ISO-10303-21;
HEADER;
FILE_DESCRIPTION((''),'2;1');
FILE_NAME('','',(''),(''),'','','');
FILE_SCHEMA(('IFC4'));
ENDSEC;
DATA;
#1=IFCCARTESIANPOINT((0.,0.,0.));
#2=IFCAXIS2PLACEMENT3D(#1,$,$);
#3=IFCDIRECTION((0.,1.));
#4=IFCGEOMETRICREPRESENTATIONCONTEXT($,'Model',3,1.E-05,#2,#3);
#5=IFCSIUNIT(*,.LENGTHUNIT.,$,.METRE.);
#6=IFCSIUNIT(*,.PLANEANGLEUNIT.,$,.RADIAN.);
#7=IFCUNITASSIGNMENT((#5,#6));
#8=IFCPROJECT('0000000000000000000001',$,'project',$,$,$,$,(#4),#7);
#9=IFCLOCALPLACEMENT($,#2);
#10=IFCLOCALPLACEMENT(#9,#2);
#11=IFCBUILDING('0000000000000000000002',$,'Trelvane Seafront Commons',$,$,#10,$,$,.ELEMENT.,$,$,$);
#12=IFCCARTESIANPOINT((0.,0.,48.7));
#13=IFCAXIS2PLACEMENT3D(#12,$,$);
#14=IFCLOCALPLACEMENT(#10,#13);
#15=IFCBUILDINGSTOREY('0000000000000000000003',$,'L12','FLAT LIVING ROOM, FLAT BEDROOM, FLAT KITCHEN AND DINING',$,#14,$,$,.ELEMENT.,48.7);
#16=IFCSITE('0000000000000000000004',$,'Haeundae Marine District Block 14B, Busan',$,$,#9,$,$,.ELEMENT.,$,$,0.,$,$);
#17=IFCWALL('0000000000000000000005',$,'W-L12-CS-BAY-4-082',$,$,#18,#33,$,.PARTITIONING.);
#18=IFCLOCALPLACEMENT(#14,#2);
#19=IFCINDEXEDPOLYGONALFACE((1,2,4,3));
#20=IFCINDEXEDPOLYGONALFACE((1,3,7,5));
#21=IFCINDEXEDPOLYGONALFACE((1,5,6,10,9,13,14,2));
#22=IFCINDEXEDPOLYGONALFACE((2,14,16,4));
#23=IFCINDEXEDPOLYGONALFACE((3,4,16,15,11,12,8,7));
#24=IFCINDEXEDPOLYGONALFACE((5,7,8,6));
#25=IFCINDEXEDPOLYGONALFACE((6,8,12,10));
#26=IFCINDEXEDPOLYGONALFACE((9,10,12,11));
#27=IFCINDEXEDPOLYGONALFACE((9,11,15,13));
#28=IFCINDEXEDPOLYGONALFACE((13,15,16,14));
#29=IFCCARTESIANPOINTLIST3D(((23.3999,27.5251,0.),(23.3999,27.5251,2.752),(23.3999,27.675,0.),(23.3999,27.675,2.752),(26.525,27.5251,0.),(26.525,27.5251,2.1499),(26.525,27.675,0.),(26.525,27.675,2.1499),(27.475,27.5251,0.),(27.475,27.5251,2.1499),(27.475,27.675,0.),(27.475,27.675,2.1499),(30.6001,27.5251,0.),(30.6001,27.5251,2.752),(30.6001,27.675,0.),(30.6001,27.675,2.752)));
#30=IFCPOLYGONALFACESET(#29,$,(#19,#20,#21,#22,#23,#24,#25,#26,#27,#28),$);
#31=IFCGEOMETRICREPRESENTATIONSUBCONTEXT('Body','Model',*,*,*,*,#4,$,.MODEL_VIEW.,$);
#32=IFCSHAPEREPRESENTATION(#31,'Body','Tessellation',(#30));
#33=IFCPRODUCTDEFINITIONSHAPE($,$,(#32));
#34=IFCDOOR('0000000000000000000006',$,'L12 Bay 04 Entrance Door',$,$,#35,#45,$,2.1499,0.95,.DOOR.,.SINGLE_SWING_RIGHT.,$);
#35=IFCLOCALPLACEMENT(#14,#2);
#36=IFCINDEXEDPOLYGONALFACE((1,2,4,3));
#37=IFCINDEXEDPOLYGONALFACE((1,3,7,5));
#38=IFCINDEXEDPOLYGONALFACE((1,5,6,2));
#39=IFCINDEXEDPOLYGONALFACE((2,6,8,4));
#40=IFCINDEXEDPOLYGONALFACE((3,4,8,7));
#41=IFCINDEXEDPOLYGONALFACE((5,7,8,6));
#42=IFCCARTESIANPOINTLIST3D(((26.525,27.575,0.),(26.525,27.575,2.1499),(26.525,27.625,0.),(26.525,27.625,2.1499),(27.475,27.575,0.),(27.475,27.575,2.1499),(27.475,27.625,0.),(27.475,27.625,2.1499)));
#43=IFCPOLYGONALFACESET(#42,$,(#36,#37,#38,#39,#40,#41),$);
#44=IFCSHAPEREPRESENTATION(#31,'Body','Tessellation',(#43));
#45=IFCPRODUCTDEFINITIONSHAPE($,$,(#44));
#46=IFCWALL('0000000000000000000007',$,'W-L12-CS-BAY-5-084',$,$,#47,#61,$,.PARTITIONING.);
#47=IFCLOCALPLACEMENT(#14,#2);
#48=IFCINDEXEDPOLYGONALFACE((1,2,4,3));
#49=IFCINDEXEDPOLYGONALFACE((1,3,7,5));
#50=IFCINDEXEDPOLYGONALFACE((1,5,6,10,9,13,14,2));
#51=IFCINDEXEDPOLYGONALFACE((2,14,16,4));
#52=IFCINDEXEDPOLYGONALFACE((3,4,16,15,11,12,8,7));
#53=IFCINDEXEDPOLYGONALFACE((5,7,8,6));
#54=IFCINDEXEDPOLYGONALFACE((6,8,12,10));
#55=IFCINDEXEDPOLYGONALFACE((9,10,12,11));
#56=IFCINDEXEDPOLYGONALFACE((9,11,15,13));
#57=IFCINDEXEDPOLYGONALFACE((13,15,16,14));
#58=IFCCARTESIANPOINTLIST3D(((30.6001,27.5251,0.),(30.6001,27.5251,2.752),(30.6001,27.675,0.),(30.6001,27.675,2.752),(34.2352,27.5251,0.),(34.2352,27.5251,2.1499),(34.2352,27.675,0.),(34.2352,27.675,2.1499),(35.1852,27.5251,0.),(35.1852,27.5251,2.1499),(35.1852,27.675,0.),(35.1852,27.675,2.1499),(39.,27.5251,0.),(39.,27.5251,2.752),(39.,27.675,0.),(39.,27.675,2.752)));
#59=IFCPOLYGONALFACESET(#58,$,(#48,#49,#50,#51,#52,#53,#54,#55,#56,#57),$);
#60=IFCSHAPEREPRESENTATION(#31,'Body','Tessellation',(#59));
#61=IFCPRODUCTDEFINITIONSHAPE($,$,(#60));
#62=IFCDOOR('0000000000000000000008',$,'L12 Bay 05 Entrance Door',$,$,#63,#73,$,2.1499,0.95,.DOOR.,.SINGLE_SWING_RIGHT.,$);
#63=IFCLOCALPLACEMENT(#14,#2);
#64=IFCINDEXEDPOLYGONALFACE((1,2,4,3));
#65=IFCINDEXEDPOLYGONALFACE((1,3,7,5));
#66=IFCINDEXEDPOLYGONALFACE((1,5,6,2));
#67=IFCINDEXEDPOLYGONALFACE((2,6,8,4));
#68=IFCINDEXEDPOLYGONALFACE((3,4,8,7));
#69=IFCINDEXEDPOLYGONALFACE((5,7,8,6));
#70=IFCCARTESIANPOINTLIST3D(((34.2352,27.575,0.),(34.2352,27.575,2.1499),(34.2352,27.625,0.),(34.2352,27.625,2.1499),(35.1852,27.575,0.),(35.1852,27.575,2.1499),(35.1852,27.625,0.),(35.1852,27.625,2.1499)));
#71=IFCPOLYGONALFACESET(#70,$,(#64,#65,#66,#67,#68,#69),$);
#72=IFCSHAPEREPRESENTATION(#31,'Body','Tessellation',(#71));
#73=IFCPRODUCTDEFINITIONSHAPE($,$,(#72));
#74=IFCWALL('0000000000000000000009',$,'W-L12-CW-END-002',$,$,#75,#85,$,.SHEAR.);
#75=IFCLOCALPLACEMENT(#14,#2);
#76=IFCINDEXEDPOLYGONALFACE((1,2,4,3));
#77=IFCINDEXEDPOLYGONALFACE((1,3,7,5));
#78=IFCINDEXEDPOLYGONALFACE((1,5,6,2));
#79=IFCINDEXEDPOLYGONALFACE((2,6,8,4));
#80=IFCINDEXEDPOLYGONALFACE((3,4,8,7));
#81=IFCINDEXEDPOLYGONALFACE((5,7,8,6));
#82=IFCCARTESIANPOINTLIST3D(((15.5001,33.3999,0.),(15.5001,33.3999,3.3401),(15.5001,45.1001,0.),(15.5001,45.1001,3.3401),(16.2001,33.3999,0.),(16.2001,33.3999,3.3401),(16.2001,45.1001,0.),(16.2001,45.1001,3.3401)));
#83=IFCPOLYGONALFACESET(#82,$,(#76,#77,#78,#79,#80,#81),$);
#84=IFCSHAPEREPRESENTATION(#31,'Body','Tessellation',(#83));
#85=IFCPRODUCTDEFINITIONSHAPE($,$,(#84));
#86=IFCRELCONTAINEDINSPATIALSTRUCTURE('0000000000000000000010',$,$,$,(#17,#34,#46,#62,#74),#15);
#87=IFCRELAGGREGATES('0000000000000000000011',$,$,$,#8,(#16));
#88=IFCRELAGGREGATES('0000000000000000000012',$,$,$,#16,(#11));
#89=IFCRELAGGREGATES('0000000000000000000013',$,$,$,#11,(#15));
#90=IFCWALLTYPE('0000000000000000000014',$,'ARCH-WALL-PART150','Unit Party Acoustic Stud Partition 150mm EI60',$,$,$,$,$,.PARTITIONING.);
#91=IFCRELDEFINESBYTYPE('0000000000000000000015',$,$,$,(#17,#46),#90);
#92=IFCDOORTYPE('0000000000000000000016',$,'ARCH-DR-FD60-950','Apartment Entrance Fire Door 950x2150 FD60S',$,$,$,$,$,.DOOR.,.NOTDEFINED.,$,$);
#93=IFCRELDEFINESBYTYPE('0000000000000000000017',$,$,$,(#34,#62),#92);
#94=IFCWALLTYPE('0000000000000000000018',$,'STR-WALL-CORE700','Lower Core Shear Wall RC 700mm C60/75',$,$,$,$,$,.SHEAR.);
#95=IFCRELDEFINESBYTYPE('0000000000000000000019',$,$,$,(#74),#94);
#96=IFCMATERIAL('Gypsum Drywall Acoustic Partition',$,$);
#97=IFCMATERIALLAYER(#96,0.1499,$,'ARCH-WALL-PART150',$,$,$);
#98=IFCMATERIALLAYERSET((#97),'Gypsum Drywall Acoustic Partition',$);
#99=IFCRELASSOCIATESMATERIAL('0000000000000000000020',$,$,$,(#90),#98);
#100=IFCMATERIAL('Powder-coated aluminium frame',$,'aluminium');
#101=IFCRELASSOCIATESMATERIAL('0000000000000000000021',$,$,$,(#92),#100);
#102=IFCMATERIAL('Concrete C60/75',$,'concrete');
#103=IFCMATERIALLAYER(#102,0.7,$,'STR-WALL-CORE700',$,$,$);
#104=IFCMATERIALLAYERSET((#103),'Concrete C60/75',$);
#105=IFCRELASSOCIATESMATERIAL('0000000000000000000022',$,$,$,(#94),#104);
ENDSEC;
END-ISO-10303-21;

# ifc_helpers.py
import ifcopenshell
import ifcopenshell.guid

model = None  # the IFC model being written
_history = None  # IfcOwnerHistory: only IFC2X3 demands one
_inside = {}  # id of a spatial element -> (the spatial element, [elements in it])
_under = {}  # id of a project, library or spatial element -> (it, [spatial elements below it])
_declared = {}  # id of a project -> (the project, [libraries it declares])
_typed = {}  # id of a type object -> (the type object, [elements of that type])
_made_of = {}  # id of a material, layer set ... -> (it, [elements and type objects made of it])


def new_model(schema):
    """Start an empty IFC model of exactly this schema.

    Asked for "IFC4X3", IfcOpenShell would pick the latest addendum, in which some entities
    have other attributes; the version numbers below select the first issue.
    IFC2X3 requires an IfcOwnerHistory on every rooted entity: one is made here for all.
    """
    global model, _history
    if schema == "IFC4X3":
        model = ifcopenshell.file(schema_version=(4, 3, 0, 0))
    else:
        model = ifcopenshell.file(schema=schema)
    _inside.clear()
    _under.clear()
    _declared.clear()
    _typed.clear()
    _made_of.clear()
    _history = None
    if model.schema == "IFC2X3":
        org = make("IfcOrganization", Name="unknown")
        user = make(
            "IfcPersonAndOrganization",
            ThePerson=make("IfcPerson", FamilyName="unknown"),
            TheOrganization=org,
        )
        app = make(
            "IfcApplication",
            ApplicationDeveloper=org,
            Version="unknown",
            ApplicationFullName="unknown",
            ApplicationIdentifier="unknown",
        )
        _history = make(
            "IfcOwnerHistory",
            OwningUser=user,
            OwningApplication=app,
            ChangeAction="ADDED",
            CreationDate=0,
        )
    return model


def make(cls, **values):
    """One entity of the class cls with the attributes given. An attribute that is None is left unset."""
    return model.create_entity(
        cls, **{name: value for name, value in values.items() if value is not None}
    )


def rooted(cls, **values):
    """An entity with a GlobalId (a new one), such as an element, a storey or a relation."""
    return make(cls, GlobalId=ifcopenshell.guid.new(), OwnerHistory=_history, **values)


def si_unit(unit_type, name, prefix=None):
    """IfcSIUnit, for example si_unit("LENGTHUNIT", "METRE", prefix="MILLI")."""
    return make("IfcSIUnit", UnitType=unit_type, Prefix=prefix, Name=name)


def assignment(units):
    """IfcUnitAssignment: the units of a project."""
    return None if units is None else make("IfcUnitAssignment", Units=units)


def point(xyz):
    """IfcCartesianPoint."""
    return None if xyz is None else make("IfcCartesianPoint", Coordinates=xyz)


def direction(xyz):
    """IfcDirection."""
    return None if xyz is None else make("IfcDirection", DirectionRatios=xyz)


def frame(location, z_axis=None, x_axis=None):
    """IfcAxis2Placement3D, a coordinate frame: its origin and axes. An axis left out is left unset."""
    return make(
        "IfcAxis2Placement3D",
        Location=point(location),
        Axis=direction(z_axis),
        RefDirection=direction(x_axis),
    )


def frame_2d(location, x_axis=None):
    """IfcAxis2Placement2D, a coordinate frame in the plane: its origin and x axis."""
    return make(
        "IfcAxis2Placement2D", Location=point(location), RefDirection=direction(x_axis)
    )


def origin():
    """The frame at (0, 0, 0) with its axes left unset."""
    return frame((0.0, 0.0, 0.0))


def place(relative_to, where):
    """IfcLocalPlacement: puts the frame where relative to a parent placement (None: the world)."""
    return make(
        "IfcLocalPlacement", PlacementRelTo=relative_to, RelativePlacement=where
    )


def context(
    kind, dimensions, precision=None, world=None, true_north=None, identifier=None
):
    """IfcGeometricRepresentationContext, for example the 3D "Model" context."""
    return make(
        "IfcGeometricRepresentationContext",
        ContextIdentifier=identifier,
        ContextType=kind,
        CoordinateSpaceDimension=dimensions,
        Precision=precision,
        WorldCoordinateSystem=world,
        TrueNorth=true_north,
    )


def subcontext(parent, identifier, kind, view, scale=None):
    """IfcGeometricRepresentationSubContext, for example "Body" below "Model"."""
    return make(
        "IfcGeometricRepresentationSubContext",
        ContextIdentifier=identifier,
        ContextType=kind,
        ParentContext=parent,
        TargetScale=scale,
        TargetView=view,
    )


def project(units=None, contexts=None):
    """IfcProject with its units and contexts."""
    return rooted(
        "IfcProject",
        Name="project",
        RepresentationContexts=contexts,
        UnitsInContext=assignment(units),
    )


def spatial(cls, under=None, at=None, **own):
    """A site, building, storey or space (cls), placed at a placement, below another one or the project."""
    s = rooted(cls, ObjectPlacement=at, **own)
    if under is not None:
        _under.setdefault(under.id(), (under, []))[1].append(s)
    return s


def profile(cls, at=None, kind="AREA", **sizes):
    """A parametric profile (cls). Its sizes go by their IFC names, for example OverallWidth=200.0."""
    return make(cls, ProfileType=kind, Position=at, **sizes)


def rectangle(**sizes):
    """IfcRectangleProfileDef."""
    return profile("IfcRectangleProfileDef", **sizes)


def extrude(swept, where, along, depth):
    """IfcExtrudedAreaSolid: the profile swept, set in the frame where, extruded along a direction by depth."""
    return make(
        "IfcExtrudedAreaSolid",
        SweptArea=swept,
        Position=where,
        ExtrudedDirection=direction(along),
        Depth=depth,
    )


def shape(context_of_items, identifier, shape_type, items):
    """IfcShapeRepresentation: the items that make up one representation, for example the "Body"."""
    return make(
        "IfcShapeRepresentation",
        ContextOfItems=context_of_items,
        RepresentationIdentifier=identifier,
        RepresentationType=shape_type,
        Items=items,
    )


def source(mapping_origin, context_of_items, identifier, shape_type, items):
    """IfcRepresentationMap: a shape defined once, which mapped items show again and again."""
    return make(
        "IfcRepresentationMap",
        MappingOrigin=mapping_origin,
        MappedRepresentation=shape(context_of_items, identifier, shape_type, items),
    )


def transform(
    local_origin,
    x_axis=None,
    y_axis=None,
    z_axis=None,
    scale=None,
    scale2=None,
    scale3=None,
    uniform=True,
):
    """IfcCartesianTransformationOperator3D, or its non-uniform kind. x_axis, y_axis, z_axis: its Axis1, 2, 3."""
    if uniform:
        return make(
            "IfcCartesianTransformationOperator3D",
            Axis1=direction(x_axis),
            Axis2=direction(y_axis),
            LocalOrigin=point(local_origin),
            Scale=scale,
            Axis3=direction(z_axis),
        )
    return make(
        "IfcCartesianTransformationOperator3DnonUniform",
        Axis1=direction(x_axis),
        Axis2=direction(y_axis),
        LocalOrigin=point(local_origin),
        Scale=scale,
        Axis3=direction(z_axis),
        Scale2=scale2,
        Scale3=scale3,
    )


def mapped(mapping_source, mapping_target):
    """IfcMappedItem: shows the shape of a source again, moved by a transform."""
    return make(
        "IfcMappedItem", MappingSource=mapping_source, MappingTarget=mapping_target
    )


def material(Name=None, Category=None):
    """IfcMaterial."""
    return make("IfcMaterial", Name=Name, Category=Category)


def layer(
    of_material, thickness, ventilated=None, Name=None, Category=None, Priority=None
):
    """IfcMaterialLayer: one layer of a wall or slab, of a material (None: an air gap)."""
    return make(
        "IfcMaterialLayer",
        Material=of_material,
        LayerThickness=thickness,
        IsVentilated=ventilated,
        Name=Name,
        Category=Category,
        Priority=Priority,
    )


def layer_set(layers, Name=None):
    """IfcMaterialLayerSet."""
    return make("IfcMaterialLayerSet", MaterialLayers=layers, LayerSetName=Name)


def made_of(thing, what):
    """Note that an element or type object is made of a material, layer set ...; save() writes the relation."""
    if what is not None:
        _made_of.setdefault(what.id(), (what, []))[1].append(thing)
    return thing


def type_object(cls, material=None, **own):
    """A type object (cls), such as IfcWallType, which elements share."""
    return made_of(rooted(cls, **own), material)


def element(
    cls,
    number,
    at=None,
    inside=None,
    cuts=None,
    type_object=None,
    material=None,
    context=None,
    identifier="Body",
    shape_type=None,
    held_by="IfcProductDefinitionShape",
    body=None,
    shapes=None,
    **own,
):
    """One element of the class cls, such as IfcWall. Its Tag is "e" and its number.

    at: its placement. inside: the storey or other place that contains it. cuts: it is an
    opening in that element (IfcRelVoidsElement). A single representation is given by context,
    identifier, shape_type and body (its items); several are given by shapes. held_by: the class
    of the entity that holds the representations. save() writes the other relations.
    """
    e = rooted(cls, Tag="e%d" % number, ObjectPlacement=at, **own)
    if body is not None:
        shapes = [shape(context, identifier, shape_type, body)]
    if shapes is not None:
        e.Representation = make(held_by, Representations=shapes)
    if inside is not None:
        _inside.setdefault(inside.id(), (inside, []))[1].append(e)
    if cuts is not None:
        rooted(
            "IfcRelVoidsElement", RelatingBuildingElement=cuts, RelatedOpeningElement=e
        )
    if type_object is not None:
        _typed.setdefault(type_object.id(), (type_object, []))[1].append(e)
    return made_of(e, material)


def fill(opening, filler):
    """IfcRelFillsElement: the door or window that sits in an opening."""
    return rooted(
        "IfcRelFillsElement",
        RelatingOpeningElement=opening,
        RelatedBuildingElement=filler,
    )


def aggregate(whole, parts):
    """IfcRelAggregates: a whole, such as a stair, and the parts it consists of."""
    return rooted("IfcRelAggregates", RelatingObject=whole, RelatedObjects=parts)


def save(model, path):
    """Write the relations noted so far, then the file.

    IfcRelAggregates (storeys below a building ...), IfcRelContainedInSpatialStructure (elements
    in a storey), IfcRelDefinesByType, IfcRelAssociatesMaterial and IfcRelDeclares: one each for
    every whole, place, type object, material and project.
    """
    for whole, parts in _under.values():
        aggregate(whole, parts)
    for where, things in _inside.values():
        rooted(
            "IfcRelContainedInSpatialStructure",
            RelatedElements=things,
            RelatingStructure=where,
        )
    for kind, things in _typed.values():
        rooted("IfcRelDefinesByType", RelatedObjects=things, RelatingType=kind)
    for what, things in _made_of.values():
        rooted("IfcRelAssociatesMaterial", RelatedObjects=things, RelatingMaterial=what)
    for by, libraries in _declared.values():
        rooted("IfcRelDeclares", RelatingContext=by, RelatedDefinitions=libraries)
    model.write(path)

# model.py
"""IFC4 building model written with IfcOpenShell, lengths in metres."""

from ifc_helpers import new_model, si_unit, direction, frame, frame_2d, origin, place, context, subcontext, project, spatial, rectangle, extrude, source, transform, mapped, material, layer, layer_set, type_object, element, fill, save


model = new_model("IFC4")

# Units and contexts
model_context = context("Model", 3, precision=1e-05, world=origin(), true_north=direction((0.0, 1.0)))
body_context = subcontext(model_context, "Body", "Model", "MODEL_VIEW")
ifc_project = project(units=[si_unit("LENGTHUNIT", "METRE"), si_unit("PLANEANGLEUNIT", "RADIAN")], contexts=[model_context])

# Site, building, storey
site_placement = place(None, origin())
site = spatial("IfcSite", under=ifc_project, at=site_placement, Name="Haeundae Marine District Block 14B, Busan", CompositionType="ELEMENT", RefElevation=0.0)
building_placement = place(site_placement, origin())
building = spatial("IfcBuilding", under=site, at=building_placement, Name="Trelvane Seafront Commons", CompositionType="ELEMENT")
storey_placement = place(building_placement, frame((0.0, 0.0, 48.7)))
storey = spatial("IfcBuildingStorey", under=building, at=storey_placement, Name="L12", Description="FLAT LIVING ROOM, FLAT BEDROOM, FLAT KITCHEN AND DINING", CompositionType="ELEMENT", Elevation=48.7)

# Shared definitions
ifc_material_1 = material(Name="Concrete C60/75", Category="concrete")

# Shared definitions
ifc_material_2 = material(Name="Gypsum Drywall Acoustic Partition")
shared_shape_1 = source(origin(), body_context, "Body", "SweptSolid", [
    extrude(rectangle(XDim=0.95, YDim=2.1499, at=frame_2d((0.4751, 1.075))), frame((0.0, 0.0249, 0.0), z_axis=(0.0, -1.0, 0.0), x_axis=(1.0, 0.0, 0.0)), (0.0, 0.0, 1.0), 0.05),
])

# Walls, openings, doors
ifc_layer_1 = layer(ifc_material_2, 0.1499, Name="ARCH-WALL-PART150")
ifc_layer_set_1 = layer_set([ifc_layer_1], Name="Gypsum Drywall Acoustic Partition")
wall_type_1 = type_object("IfcWallType", Name="ARCH-WALL-PART150", Description="Unit Party Acoustic Stud Partition 150mm EI60", PredefinedType="PARTITIONING", material=ifc_layer_set_1)
ifc_material_3 = material(Name="Powder-coated aluminium frame", Category="aluminium")
door_type_1 = type_object("IfcDoorType", Name="ARCH-DR-FD60-950", Description="Apartment Entrance Fire Door 950x2150 FD60S", OperationType="NOTDEFINED", PredefinedType="DOOR", material=ifc_material_3)
wall_1_placement = place(storey_placement, frame((23.3999, 27.6001, 0.0), z_axis=(0.0, 0.0, 1.0), x_axis=(1.0, 0.0, 0.0)))
wall_1 = element("IfcWall", 1, at=wall_1_placement, inside=storey, type_object=wall_type_1, Name="W-L12-CS-BAY-4-082", PredefinedType="PARTITIONING", context=body_context, shape_type="SweptSolid", body=[
    extrude(rectangle(XDim=7.2002, YDim=0.1499, at=frame_2d((3.6001, 0.0))), origin(), (0.0, 0.0, 1.0), 2.752),
])
opening_1_placement = place(wall_1_placement, frame((3.125, 0.0, 0.0)))
opening_1 = element("IfcOpeningElement", 2, at=opening_1_placement, cuts=wall_1, PredefinedType="OPENING", context=body_context, shape_type="SweptSolid", body=[
    extrude(rectangle(XDim=0.95, YDim=2.1499, at=frame_2d((0.4751, 1.075))), frame((0.0, 0.085, 0.0), z_axis=(0.0, -1.0, 0.0), x_axis=(1.0, 0.0, 0.0)), (0.0, 0.0, 1.0), 0.1699),
])
door_1_placement = place(opening_1_placement, origin())
door_1 = element("IfcDoor", 3, at=door_1_placement, inside=storey, type_object=door_type_1, Name="L12 Bay 04 Entrance Door", OperationType="SINGLE_SWING_RIGHT", OverallHeight=2.1499, OverallWidth=0.95, PredefinedType="DOOR", context=body_context, shape_type="MappedRepresentation", body=[
    mapped(shared_shape_1, transform((0.0, 0.0, 0.0), x_axis=(1.0, 0.0, 0.0), y_axis=(0.0, 1.0, 0.0), z_axis=(0.0, 0.0, 1.0), scale=1.0)),
])
fill(opening_1, door_1)
wall_2_placement = place(storey_placement, frame((30.6001, 27.6001, 0.0), z_axis=(0.0, 0.0, 1.0), x_axis=(1.0, 0.0, 0.0)))
wall_2 = element("IfcWall", 4, at=wall_2_placement, inside=storey, type_object=wall_type_1, Name="W-L12-CS-BAY-5-084", PredefinedType="PARTITIONING", context=body_context, shape_type="SweptSolid", body=[
    extrude(rectangle(XDim=8.3999, YDim=0.1499, at=frame_2d((4.2, 0.0))), origin(), (0.0, 0.0, 1.0), 2.752),
])
opening_2_placement = place(wall_2_placement, frame((3.635, 0.0, 0.0)))
opening_2 = element("IfcOpeningElement", 5, at=opening_2_placement, cuts=wall_2, PredefinedType="OPENING", context=body_context, shape_type="SweptSolid", body=[
    extrude(rectangle(XDim=0.95, YDim=2.1499, at=frame_2d((0.4751, 1.075))), frame((0.0, 0.085, 0.0), z_axis=(0.0, -1.0, 0.0), x_axis=(1.0, 0.0, 0.0)), (0.0, 0.0, 1.0), 0.1699),
])
door_2_placement = place(opening_2_placement, origin())
door_2 = element("IfcDoor", 6, at=door_2_placement, inside=storey, type_object=door_type_1, Name="L12 Bay 05 Entrance Door", OperationType="SINGLE_SWING_RIGHT", OverallHeight=2.1499, OverallWidth=0.95, PredefinedType="DOOR", context=body_context, shape_type="MappedRepresentation", body=[
    mapped(shared_shape_1, transform((0.0, 0.0, 0.0), x_axis=(1.0, 0.0, 0.0), y_axis=(0.0, 1.0, 0.0), z_axis=(0.0, 0.0, 1.0), scale=1.0)),
])
fill(opening_2, door_2)

# Wall
ifc_layer_2 = layer(ifc_material_1, 0.7, Name="STR-WALL-CORE700")
ifc_layer_set_2 = layer_set([ifc_layer_2], Name="Concrete C60/75")
wall_type_2 = type_object("IfcWallType", Name="STR-WALL-CORE700", Description="Lower Core Shear Wall RC 700mm C60/75", PredefinedType="SHEAR", material=ifc_layer_set_2)
wall_3_placement = place(storey_placement, frame((15.8501, 33.3999, 0.0), z_axis=(0.0, 0.0, 1.0), x_axis=(0.0, 1.0, 0.0)))
element("IfcWall", 7, at=wall_3_placement, inside=storey, type_object=wall_type_2, Name="W-L12-CW-END-002", PredefinedType="SHEAR", context=body_context, shape_type="SweptSolid", body=[
    extrude(rectangle(XDim=11.7002, YDim=0.7, at=frame_2d((5.8501, 0.0))), origin(), (0.0, 0.0, 1.0), 3.3401),
])

save(model, "model.ifc")
